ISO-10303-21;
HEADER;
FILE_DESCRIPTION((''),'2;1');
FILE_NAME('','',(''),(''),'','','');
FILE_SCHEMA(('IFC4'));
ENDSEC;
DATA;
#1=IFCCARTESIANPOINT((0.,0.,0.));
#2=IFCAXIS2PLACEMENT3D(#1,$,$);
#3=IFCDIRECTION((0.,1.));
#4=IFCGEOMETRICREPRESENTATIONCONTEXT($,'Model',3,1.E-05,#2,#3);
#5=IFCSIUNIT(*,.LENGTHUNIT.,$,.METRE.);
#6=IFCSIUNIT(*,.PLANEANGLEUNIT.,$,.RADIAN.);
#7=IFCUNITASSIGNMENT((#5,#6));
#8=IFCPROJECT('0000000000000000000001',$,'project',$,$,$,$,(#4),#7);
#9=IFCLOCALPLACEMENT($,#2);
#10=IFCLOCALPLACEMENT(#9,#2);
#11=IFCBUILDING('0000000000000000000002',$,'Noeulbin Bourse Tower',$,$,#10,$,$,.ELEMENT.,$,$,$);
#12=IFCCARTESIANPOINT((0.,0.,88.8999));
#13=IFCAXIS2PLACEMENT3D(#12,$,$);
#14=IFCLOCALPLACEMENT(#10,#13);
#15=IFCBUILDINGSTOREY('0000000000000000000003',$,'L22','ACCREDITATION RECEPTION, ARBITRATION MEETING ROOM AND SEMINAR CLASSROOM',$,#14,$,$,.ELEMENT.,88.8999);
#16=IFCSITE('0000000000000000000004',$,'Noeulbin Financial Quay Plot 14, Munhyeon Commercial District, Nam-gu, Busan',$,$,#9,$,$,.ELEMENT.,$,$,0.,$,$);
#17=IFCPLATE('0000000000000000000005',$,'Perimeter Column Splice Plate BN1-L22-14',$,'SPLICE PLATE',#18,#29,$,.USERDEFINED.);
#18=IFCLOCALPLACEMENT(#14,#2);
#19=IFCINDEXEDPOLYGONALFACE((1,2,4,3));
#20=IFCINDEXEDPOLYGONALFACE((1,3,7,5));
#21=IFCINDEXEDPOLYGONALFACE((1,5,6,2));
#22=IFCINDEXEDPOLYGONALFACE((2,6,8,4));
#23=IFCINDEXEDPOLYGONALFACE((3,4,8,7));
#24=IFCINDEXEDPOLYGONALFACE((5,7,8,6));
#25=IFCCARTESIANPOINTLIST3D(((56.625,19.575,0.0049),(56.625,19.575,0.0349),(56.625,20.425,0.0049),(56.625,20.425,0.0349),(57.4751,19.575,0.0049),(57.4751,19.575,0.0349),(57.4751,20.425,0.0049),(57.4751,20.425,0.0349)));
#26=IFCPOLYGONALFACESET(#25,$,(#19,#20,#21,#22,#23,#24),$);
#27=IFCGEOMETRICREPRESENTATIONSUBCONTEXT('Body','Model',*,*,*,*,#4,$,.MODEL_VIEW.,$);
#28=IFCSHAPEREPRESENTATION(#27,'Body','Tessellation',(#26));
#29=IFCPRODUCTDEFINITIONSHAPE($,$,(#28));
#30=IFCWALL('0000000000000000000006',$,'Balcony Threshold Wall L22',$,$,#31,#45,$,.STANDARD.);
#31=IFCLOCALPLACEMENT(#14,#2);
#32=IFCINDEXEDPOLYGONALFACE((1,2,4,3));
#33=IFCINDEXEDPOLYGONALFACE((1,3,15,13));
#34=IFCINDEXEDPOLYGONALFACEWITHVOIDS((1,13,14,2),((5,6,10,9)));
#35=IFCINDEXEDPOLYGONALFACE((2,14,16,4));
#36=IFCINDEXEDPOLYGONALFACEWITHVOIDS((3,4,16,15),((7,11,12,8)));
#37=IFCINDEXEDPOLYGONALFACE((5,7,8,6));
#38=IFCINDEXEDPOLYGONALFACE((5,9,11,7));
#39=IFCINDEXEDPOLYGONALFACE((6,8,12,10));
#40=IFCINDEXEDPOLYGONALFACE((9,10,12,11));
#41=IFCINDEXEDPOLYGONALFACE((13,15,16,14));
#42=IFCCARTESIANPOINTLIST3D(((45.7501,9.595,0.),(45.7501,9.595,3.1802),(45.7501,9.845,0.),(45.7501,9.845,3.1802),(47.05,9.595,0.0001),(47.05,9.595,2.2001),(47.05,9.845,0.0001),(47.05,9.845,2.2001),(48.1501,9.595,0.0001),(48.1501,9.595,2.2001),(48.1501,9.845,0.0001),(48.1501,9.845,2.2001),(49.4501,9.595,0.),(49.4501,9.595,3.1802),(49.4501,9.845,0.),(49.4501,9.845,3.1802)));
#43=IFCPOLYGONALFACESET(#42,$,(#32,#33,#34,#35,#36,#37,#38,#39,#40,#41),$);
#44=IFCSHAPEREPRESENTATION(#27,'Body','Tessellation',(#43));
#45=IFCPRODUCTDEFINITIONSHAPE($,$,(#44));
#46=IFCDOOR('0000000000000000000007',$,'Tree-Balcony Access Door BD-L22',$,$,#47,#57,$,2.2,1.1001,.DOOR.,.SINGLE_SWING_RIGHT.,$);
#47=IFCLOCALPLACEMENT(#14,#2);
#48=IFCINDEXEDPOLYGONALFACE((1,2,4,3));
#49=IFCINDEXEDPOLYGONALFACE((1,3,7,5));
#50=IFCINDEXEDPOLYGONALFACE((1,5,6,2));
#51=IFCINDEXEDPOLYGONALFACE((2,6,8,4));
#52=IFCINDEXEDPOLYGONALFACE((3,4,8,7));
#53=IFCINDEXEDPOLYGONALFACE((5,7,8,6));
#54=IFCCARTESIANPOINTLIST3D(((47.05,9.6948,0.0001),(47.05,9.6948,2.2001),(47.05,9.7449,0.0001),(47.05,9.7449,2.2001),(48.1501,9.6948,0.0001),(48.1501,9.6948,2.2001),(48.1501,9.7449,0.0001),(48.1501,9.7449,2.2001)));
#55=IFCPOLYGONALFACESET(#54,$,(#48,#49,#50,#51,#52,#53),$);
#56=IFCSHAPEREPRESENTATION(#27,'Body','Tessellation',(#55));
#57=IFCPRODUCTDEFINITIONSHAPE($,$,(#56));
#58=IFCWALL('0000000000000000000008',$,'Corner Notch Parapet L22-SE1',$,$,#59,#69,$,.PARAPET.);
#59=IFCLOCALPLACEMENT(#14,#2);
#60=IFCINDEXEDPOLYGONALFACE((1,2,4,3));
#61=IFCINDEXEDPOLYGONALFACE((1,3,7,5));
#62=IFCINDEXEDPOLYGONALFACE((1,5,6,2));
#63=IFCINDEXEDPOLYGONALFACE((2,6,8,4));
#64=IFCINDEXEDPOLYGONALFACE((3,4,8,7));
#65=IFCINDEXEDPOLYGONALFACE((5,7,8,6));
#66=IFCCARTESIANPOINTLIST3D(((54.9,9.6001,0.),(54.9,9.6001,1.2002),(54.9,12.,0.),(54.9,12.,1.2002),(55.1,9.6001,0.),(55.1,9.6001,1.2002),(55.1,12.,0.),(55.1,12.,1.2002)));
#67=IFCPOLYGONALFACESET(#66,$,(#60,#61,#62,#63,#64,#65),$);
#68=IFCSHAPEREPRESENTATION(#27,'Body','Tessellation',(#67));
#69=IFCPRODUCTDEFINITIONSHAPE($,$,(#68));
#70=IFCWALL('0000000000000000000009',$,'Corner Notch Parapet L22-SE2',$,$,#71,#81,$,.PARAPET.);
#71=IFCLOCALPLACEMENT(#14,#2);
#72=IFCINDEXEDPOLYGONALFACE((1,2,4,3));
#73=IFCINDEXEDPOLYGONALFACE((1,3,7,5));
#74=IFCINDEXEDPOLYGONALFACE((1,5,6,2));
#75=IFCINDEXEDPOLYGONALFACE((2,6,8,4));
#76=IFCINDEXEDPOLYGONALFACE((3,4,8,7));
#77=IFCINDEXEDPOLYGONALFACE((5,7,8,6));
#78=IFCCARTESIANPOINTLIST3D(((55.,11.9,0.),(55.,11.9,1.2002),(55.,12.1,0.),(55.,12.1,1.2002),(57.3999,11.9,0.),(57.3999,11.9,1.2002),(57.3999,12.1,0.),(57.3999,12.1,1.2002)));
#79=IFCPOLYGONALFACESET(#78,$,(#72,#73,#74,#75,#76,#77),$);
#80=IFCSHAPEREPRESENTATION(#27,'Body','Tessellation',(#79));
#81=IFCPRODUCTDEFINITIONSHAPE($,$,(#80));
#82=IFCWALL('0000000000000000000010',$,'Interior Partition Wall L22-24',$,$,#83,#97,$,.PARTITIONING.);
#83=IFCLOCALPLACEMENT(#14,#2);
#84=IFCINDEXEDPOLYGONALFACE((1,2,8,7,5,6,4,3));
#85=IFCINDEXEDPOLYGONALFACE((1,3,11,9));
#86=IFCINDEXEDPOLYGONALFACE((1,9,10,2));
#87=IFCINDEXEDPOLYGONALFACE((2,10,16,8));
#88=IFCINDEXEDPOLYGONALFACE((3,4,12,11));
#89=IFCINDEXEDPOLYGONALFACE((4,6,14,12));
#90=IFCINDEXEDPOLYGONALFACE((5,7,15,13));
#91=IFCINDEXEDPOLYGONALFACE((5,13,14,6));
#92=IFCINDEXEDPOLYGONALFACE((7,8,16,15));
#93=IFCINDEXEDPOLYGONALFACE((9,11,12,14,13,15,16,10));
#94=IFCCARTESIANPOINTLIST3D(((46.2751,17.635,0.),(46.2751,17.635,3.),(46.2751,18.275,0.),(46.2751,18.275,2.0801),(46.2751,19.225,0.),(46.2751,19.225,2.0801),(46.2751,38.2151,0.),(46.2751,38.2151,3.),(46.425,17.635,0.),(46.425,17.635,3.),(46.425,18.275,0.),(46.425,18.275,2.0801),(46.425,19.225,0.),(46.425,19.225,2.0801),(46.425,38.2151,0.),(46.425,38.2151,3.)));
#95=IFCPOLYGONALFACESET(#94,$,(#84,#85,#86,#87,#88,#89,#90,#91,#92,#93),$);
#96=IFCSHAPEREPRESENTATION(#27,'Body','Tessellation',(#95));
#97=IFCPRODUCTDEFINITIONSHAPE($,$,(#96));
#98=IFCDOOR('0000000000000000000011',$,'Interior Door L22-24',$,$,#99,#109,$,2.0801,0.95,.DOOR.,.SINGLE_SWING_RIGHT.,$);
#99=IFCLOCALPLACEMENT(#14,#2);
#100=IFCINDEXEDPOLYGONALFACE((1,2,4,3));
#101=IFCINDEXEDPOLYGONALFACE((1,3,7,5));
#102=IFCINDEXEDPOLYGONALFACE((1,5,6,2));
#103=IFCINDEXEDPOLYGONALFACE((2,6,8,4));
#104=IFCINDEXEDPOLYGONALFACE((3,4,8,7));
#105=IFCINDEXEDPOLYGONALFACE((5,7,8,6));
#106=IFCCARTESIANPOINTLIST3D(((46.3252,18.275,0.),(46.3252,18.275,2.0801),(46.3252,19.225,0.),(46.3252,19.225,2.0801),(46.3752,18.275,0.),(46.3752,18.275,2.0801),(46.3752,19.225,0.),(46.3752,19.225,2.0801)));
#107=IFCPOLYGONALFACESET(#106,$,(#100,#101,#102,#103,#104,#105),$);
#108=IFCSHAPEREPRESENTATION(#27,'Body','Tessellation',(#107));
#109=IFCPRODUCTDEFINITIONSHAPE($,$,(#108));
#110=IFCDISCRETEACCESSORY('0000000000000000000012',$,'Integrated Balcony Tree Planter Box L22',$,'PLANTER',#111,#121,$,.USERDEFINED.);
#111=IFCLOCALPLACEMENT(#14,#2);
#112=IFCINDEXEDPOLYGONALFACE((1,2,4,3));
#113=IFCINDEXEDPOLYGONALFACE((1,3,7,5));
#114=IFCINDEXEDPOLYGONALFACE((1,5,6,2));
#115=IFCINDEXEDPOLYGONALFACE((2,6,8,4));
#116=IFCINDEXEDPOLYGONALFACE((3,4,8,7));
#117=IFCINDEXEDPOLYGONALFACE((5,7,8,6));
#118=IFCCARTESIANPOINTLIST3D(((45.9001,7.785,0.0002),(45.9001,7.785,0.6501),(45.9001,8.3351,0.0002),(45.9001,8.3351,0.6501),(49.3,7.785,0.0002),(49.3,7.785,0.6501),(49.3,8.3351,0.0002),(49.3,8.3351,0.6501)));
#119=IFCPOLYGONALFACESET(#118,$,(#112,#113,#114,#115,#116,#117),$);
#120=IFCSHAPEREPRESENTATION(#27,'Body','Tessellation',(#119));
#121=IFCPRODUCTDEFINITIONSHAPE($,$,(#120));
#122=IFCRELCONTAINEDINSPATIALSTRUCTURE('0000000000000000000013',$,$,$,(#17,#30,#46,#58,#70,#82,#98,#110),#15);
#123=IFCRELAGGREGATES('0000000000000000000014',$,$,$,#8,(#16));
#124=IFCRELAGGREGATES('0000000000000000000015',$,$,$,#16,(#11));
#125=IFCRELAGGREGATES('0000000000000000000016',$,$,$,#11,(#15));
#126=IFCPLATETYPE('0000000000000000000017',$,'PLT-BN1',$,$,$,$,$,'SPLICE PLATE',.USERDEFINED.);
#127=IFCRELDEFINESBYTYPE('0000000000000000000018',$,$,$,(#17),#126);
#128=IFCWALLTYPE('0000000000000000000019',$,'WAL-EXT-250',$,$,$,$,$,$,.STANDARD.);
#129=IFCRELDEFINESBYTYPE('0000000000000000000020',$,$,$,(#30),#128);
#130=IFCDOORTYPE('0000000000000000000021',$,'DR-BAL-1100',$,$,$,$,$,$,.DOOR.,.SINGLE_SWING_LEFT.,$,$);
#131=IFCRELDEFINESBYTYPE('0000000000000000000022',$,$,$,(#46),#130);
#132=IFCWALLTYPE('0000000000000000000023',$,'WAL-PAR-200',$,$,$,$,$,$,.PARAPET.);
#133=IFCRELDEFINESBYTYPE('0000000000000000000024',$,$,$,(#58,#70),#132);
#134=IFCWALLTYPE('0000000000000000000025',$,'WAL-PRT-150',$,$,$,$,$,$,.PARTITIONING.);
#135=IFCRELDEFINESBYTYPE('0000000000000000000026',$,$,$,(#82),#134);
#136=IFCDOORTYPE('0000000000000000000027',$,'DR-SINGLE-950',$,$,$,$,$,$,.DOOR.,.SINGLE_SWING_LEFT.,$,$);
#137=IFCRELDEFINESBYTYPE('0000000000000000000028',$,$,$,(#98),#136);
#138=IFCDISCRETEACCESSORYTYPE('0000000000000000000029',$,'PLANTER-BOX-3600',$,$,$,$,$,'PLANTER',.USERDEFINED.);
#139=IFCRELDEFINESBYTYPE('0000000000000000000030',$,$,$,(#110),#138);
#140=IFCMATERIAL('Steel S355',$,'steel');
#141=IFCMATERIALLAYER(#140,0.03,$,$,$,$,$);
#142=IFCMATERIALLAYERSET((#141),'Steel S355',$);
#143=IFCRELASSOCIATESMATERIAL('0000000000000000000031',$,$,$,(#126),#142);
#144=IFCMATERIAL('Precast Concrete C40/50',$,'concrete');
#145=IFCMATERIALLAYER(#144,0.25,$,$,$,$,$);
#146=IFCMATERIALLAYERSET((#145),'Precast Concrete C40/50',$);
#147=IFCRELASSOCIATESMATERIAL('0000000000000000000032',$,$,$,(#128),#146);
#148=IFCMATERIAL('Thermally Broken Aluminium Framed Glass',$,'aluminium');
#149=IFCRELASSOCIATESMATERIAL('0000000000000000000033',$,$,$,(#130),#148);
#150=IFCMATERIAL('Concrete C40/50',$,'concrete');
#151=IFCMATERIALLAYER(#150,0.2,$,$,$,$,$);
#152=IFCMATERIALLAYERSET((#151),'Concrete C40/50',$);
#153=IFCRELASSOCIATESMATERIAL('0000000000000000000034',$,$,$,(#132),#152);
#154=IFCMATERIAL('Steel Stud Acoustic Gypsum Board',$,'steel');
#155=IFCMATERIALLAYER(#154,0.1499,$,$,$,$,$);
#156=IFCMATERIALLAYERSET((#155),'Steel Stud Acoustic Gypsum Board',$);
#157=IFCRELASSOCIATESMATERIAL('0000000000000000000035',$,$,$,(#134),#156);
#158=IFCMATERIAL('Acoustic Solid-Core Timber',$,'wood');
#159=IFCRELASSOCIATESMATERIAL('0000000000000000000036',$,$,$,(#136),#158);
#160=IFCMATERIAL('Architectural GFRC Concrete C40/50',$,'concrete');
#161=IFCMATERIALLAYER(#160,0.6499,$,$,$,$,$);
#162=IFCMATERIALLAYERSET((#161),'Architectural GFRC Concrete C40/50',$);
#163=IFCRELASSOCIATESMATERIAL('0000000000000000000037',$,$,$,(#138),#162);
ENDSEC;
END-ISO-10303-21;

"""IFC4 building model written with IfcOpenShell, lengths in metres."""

from ifc_helpers import new_model, si_unit, direction, frame, frame_2d, origin, origin_2d, place, context, subcontext, project, spatial, rectangle, extrude, material, layer, layer_set, type_object, element, fill, save


model = new_model("IFC4")

# Units and contexts
model_context = context("Model", 3, precision=1e-05, world=origin(), true_north=direction((0.0, 1.0)))
body_context = subcontext(model_context, "Body", "Model", "MODEL_VIEW")
ifc_project = project(units=[si_unit("LENGTHUNIT", "METRE"), si_unit("PLANEANGLEUNIT", "RADIAN")], contexts=[model_context])

# Site, building, storey
site_placement = place(None, origin())
site = spatial("IfcSite", under=ifc_project, at=site_placement, Name="Noeulbin Financial Quay Plot 14, Munhyeon Commercial District, Nam-gu, Busan", CompositionType="ELEMENT", RefElevation=0.0)
building_placement = place(site_placement, origin())
building = spatial("IfcBuilding", under=site, at=building_placement, Name="Noeulbin Bourse Tower", CompositionType="ELEMENT")
storey_placement = place(building_placement, frame((0.0, 0.0, 88.8999)))
storey = spatial("IfcBuildingStorey", under=building, at=storey_placement, Name="L22", Description="ACCREDITATION RECEPTION, ARBITRATION MEETING ROOM AND SEMINAR CLASSROOM", CompositionType="ELEMENT", Elevation=88.8999)

# Shared definitions
ifc_material_1 = material(Name="Steel S355", Category="steel")

# Plate
ifc_layer_1 = layer(ifc_material_1, 0.03)
ifc_layer_set_1 = layer_set([ifc_layer_1], Name="Steel S355")
plate_type_1 = type_object("IfcPlateType", Name="PLT-BN1", ElementType="SPLICE PLATE", PredefinedType="USERDEFINED", material=ifc_layer_set_1)
plate_1_placement = place(storey_placement, frame((57.05, 20.0, 0.0049), z_axis=(0.0, 0.0, 1.0), x_axis=(1.0, 0.0, 0.0)))
element("IfcPlate", 1, at=plate_1_placement, inside=storey, type_object=plate_type_1, Name="Perimeter Column Splice Plate BN1-L22-14", ObjectType="SPLICE PLATE", PredefinedType="USERDEFINED", context=body_context, shape_type="SweptSolid", body=[
    extrude(rectangle(XDim=0.8501, YDim=0.8501, at=origin_2d()), origin(), (0.0, 0.0, 1.0), 0.03),
])

# Wall, opening, door
ifc_material_2 = material(Name="Precast Concrete C40/50", Category="concrete")
ifc_layer_2 = layer(ifc_material_2, 0.25)
ifc_layer_set_2 = layer_set([ifc_layer_2], Name="Precast Concrete C40/50")
wall_type_1 = type_object("IfcWallType", Name="WAL-EXT-250", PredefinedType="STANDARD", material=ifc_layer_set_2)
wall_1_placement = place(storey_placement, frame((45.75, 9.72, 0.0), z_axis=(0.0, 0.0, 1.0), x_axis=(1.0, 0.0, 0.0)))
wall_1 = element("IfcWall", 2, at=wall_1_placement, inside=storey, type_object=wall_type_1, Name="Balcony Threshold Wall L22", PredefinedType="STANDARD", context=body_context, shape_type="SweptSolid", body=[
    extrude(rectangle(XDim=3.7, YDim=0.25, at=frame_2d((1.8501, 0.0))), origin(), (0.0, 0.0, 1.0), 3.1802),
])
opening_1_placement = place(wall_1_placement, frame((1.3, 0.0, 0.0)))
opening_1 = element("IfcOpeningElement", 3, at=opening_1_placement, cuts=wall_1, PredefinedType="OPENING", context=body_context, shape_type="SweptSolid", body=[
    extrude(rectangle(XDim=1.1001, YDim=2.2, at=frame_2d((0.55, 1.1001))), frame((0.0, 0.135, 0.0), z_axis=(0.0, -1.0, 0.0), x_axis=(1.0, 0.0, 0.0)), (0.0, 0.0, 1.0), 0.27),
])
ifc_material_3 = material(Name="Thermally Broken Aluminium Framed Glass", Category="aluminium")
door_type_1 = type_object("IfcDoorType", Name="DR-BAL-1100", OperationType="SINGLE_SWING_LEFT", PredefinedType="DOOR", material=ifc_material_3)
door_1_placement = place(opening_1_placement, origin())
door_1 = element("IfcDoor", 4, at=door_1_placement, inside=storey, type_object=door_type_1, Name="Tree-Balcony Access Door BD-L22", OperationType="SINGLE_SWING_RIGHT", OverallHeight=2.2, OverallWidth=1.1001, PredefinedType="DOOR", context=body_context, shape_type="SweptSolid", body=[
    extrude(rectangle(XDim=1.1001, YDim=2.2, at=frame_2d((0.55, 1.1001))), frame((0.0, 0.0249, 0.0), z_axis=(0.0, -1.0, 0.0), x_axis=(1.0, 0.0, 0.0)), (0.0, 0.0, 1.0), 0.05),
])
fill(opening_1, door_1)

# Walls
ifc_material_4 = material(Name="Concrete C40/50", Category="concrete")
ifc_layer_3 = layer(ifc_material_4, 0.2)
ifc_layer_set_3 = layer_set([ifc_layer_3], Name="Concrete C40/50")
wall_type_2 = type_object("IfcWallType", Name="WAL-PAR-200", PredefinedType="PARAPET", material=ifc_layer_set_3)
for number, where, z_axis, x_axis, name in (
    (5, (55.0, 9.6001, 0.0), (0.0, 0.0, 1.0), (0.0, 1.0, 0.0), "Corner Notch Parapet L22-SE1"),
    (6, (55.0, 12.0, 0.0), (0.0, 0.0, 1.0), (1.0, 0.0, 0.0), "Corner Notch Parapet L22-SE2"),
):
    element("IfcWall", number, at=place(storey_placement, frame(where, z_axis=z_axis, x_axis=x_axis)), inside=storey, type_object=wall_type_2, Name=name, PredefinedType="PARAPET", context=body_context, shape_type="SweptSolid", body=[
        extrude(rectangle(XDim=2.3999, YDim=0.2, at=frame_2d((1.2, 0.0))), origin(), (0.0, 0.0, 1.0), 1.2002),
    ])

# Wall, opening, door
ifc_material_5 = material(Name="Steel Stud Acoustic Gypsum Board", Category="steel")
ifc_layer_4 = layer(ifc_material_5, 0.1499)
ifc_layer_set_4 = layer_set([ifc_layer_4], Name="Steel Stud Acoustic Gypsum Board")
wall_type_3 = type_object("IfcWallType", Name="WAL-PRT-150", PredefinedType="PARTITIONING", material=ifc_layer_set_4)
wall_2_placement = place(storey_placement, frame((46.3501, 17.635, 0.0), z_axis=(0.0, 0.0, 1.0), x_axis=(0.0, 1.0, 0.0)))
wall_2 = element("IfcWall", 7, at=wall_2_placement, inside=storey, type_object=wall_type_3, Name="Interior Partition Wall L22-24", PredefinedType="PARTITIONING", context=body_context, shape_type="SweptSolid", body=[
    extrude(rectangle(XDim=20.5801, YDim=0.1499, at=frame_2d((10.29, 0.0))), origin(), (0.0, 0.0, 1.0), 3.0),
])
opening_2_placement = place(wall_2_placement, frame((0.6399, 0.0, 0.0)))
opening_2 = element("IfcOpeningElement", 8, at=opening_2_placement, cuts=wall_2, PredefinedType="OPENING", context=body_context, shape_type="SweptSolid", body=[
    extrude(rectangle(XDim=0.95, YDim=2.0801, at=frame_2d((0.4751, 1.04))), frame((0.0, 0.085, 0.0), z_axis=(0.0, -1.0, 0.0), x_axis=(1.0, 0.0, 0.0)), (0.0, 0.0, 1.0), 0.1699),
])
ifc_material_6 = material(Name="Acoustic Solid-Core Timber", Category="wood")
door_type_2 = type_object("IfcDoorType", Name="DR-SINGLE-950", OperationType="SINGLE_SWING_LEFT", PredefinedType="DOOR", material=ifc_material_6)
door_2_placement = place(opening_2_placement, origin())
door_2 = element("IfcDoor", 9, at=door_2_placement, inside=storey, type_object=door_type_2, Name="Interior Door L22-24", OperationType="SINGLE_SWING_RIGHT", OverallHeight=2.0801, OverallWidth=0.95, PredefinedType="DOOR", context=body_context, shape_type="SweptSolid", body=[
    extrude(rectangle(XDim=0.95, YDim=2.0801, at=frame_2d((0.4751, 1.04))), frame((0.0, 0.0249, 0.0), z_axis=(0.0, -1.0, 0.0), x_axis=(1.0, 0.0, 0.0)), (0.0, 0.0, 1.0), 0.05),
])
fill(opening_2, door_2)

# Discrete accessory
ifc_material_7 = material(Name="Architectural GFRC Concrete C40/50", Category="concrete")
ifc_layer_5 = layer(ifc_material_7, 0.6499)
ifc_layer_set_5 = layer_set([ifc_layer_5], Name="Architectural GFRC Concrete C40/50")
discrete_accessory_type = type_object("IfcDiscreteAccessoryType", Name="PLANTER-BOX-3600", ElementType="PLANTER", PredefinedType="USERDEFINED", material=ifc_layer_set_5)
discrete_accessory_placement = place(storey_placement, frame((47.6001, 8.0601, 0.0002), z_axis=(0.0, 0.0, 1.0), x_axis=(1.0, 0.0, 0.0)))
element("IfcDiscreteAccessory", 10, at=discrete_accessory_placement, inside=storey, type_object=discrete_accessory_type, Name="Integrated Balcony Tree Planter Box L22", ObjectType="PLANTER", PredefinedType="USERDEFINED", context=body_context, shape_type="SweptSolid", body=[
    extrude(rectangle(XDim=3.3999, YDim=0.55, at=origin_2d()), origin(), (0.0, 0.0, 1.0), 0.6499),
])

save(model, "model.ifc")
